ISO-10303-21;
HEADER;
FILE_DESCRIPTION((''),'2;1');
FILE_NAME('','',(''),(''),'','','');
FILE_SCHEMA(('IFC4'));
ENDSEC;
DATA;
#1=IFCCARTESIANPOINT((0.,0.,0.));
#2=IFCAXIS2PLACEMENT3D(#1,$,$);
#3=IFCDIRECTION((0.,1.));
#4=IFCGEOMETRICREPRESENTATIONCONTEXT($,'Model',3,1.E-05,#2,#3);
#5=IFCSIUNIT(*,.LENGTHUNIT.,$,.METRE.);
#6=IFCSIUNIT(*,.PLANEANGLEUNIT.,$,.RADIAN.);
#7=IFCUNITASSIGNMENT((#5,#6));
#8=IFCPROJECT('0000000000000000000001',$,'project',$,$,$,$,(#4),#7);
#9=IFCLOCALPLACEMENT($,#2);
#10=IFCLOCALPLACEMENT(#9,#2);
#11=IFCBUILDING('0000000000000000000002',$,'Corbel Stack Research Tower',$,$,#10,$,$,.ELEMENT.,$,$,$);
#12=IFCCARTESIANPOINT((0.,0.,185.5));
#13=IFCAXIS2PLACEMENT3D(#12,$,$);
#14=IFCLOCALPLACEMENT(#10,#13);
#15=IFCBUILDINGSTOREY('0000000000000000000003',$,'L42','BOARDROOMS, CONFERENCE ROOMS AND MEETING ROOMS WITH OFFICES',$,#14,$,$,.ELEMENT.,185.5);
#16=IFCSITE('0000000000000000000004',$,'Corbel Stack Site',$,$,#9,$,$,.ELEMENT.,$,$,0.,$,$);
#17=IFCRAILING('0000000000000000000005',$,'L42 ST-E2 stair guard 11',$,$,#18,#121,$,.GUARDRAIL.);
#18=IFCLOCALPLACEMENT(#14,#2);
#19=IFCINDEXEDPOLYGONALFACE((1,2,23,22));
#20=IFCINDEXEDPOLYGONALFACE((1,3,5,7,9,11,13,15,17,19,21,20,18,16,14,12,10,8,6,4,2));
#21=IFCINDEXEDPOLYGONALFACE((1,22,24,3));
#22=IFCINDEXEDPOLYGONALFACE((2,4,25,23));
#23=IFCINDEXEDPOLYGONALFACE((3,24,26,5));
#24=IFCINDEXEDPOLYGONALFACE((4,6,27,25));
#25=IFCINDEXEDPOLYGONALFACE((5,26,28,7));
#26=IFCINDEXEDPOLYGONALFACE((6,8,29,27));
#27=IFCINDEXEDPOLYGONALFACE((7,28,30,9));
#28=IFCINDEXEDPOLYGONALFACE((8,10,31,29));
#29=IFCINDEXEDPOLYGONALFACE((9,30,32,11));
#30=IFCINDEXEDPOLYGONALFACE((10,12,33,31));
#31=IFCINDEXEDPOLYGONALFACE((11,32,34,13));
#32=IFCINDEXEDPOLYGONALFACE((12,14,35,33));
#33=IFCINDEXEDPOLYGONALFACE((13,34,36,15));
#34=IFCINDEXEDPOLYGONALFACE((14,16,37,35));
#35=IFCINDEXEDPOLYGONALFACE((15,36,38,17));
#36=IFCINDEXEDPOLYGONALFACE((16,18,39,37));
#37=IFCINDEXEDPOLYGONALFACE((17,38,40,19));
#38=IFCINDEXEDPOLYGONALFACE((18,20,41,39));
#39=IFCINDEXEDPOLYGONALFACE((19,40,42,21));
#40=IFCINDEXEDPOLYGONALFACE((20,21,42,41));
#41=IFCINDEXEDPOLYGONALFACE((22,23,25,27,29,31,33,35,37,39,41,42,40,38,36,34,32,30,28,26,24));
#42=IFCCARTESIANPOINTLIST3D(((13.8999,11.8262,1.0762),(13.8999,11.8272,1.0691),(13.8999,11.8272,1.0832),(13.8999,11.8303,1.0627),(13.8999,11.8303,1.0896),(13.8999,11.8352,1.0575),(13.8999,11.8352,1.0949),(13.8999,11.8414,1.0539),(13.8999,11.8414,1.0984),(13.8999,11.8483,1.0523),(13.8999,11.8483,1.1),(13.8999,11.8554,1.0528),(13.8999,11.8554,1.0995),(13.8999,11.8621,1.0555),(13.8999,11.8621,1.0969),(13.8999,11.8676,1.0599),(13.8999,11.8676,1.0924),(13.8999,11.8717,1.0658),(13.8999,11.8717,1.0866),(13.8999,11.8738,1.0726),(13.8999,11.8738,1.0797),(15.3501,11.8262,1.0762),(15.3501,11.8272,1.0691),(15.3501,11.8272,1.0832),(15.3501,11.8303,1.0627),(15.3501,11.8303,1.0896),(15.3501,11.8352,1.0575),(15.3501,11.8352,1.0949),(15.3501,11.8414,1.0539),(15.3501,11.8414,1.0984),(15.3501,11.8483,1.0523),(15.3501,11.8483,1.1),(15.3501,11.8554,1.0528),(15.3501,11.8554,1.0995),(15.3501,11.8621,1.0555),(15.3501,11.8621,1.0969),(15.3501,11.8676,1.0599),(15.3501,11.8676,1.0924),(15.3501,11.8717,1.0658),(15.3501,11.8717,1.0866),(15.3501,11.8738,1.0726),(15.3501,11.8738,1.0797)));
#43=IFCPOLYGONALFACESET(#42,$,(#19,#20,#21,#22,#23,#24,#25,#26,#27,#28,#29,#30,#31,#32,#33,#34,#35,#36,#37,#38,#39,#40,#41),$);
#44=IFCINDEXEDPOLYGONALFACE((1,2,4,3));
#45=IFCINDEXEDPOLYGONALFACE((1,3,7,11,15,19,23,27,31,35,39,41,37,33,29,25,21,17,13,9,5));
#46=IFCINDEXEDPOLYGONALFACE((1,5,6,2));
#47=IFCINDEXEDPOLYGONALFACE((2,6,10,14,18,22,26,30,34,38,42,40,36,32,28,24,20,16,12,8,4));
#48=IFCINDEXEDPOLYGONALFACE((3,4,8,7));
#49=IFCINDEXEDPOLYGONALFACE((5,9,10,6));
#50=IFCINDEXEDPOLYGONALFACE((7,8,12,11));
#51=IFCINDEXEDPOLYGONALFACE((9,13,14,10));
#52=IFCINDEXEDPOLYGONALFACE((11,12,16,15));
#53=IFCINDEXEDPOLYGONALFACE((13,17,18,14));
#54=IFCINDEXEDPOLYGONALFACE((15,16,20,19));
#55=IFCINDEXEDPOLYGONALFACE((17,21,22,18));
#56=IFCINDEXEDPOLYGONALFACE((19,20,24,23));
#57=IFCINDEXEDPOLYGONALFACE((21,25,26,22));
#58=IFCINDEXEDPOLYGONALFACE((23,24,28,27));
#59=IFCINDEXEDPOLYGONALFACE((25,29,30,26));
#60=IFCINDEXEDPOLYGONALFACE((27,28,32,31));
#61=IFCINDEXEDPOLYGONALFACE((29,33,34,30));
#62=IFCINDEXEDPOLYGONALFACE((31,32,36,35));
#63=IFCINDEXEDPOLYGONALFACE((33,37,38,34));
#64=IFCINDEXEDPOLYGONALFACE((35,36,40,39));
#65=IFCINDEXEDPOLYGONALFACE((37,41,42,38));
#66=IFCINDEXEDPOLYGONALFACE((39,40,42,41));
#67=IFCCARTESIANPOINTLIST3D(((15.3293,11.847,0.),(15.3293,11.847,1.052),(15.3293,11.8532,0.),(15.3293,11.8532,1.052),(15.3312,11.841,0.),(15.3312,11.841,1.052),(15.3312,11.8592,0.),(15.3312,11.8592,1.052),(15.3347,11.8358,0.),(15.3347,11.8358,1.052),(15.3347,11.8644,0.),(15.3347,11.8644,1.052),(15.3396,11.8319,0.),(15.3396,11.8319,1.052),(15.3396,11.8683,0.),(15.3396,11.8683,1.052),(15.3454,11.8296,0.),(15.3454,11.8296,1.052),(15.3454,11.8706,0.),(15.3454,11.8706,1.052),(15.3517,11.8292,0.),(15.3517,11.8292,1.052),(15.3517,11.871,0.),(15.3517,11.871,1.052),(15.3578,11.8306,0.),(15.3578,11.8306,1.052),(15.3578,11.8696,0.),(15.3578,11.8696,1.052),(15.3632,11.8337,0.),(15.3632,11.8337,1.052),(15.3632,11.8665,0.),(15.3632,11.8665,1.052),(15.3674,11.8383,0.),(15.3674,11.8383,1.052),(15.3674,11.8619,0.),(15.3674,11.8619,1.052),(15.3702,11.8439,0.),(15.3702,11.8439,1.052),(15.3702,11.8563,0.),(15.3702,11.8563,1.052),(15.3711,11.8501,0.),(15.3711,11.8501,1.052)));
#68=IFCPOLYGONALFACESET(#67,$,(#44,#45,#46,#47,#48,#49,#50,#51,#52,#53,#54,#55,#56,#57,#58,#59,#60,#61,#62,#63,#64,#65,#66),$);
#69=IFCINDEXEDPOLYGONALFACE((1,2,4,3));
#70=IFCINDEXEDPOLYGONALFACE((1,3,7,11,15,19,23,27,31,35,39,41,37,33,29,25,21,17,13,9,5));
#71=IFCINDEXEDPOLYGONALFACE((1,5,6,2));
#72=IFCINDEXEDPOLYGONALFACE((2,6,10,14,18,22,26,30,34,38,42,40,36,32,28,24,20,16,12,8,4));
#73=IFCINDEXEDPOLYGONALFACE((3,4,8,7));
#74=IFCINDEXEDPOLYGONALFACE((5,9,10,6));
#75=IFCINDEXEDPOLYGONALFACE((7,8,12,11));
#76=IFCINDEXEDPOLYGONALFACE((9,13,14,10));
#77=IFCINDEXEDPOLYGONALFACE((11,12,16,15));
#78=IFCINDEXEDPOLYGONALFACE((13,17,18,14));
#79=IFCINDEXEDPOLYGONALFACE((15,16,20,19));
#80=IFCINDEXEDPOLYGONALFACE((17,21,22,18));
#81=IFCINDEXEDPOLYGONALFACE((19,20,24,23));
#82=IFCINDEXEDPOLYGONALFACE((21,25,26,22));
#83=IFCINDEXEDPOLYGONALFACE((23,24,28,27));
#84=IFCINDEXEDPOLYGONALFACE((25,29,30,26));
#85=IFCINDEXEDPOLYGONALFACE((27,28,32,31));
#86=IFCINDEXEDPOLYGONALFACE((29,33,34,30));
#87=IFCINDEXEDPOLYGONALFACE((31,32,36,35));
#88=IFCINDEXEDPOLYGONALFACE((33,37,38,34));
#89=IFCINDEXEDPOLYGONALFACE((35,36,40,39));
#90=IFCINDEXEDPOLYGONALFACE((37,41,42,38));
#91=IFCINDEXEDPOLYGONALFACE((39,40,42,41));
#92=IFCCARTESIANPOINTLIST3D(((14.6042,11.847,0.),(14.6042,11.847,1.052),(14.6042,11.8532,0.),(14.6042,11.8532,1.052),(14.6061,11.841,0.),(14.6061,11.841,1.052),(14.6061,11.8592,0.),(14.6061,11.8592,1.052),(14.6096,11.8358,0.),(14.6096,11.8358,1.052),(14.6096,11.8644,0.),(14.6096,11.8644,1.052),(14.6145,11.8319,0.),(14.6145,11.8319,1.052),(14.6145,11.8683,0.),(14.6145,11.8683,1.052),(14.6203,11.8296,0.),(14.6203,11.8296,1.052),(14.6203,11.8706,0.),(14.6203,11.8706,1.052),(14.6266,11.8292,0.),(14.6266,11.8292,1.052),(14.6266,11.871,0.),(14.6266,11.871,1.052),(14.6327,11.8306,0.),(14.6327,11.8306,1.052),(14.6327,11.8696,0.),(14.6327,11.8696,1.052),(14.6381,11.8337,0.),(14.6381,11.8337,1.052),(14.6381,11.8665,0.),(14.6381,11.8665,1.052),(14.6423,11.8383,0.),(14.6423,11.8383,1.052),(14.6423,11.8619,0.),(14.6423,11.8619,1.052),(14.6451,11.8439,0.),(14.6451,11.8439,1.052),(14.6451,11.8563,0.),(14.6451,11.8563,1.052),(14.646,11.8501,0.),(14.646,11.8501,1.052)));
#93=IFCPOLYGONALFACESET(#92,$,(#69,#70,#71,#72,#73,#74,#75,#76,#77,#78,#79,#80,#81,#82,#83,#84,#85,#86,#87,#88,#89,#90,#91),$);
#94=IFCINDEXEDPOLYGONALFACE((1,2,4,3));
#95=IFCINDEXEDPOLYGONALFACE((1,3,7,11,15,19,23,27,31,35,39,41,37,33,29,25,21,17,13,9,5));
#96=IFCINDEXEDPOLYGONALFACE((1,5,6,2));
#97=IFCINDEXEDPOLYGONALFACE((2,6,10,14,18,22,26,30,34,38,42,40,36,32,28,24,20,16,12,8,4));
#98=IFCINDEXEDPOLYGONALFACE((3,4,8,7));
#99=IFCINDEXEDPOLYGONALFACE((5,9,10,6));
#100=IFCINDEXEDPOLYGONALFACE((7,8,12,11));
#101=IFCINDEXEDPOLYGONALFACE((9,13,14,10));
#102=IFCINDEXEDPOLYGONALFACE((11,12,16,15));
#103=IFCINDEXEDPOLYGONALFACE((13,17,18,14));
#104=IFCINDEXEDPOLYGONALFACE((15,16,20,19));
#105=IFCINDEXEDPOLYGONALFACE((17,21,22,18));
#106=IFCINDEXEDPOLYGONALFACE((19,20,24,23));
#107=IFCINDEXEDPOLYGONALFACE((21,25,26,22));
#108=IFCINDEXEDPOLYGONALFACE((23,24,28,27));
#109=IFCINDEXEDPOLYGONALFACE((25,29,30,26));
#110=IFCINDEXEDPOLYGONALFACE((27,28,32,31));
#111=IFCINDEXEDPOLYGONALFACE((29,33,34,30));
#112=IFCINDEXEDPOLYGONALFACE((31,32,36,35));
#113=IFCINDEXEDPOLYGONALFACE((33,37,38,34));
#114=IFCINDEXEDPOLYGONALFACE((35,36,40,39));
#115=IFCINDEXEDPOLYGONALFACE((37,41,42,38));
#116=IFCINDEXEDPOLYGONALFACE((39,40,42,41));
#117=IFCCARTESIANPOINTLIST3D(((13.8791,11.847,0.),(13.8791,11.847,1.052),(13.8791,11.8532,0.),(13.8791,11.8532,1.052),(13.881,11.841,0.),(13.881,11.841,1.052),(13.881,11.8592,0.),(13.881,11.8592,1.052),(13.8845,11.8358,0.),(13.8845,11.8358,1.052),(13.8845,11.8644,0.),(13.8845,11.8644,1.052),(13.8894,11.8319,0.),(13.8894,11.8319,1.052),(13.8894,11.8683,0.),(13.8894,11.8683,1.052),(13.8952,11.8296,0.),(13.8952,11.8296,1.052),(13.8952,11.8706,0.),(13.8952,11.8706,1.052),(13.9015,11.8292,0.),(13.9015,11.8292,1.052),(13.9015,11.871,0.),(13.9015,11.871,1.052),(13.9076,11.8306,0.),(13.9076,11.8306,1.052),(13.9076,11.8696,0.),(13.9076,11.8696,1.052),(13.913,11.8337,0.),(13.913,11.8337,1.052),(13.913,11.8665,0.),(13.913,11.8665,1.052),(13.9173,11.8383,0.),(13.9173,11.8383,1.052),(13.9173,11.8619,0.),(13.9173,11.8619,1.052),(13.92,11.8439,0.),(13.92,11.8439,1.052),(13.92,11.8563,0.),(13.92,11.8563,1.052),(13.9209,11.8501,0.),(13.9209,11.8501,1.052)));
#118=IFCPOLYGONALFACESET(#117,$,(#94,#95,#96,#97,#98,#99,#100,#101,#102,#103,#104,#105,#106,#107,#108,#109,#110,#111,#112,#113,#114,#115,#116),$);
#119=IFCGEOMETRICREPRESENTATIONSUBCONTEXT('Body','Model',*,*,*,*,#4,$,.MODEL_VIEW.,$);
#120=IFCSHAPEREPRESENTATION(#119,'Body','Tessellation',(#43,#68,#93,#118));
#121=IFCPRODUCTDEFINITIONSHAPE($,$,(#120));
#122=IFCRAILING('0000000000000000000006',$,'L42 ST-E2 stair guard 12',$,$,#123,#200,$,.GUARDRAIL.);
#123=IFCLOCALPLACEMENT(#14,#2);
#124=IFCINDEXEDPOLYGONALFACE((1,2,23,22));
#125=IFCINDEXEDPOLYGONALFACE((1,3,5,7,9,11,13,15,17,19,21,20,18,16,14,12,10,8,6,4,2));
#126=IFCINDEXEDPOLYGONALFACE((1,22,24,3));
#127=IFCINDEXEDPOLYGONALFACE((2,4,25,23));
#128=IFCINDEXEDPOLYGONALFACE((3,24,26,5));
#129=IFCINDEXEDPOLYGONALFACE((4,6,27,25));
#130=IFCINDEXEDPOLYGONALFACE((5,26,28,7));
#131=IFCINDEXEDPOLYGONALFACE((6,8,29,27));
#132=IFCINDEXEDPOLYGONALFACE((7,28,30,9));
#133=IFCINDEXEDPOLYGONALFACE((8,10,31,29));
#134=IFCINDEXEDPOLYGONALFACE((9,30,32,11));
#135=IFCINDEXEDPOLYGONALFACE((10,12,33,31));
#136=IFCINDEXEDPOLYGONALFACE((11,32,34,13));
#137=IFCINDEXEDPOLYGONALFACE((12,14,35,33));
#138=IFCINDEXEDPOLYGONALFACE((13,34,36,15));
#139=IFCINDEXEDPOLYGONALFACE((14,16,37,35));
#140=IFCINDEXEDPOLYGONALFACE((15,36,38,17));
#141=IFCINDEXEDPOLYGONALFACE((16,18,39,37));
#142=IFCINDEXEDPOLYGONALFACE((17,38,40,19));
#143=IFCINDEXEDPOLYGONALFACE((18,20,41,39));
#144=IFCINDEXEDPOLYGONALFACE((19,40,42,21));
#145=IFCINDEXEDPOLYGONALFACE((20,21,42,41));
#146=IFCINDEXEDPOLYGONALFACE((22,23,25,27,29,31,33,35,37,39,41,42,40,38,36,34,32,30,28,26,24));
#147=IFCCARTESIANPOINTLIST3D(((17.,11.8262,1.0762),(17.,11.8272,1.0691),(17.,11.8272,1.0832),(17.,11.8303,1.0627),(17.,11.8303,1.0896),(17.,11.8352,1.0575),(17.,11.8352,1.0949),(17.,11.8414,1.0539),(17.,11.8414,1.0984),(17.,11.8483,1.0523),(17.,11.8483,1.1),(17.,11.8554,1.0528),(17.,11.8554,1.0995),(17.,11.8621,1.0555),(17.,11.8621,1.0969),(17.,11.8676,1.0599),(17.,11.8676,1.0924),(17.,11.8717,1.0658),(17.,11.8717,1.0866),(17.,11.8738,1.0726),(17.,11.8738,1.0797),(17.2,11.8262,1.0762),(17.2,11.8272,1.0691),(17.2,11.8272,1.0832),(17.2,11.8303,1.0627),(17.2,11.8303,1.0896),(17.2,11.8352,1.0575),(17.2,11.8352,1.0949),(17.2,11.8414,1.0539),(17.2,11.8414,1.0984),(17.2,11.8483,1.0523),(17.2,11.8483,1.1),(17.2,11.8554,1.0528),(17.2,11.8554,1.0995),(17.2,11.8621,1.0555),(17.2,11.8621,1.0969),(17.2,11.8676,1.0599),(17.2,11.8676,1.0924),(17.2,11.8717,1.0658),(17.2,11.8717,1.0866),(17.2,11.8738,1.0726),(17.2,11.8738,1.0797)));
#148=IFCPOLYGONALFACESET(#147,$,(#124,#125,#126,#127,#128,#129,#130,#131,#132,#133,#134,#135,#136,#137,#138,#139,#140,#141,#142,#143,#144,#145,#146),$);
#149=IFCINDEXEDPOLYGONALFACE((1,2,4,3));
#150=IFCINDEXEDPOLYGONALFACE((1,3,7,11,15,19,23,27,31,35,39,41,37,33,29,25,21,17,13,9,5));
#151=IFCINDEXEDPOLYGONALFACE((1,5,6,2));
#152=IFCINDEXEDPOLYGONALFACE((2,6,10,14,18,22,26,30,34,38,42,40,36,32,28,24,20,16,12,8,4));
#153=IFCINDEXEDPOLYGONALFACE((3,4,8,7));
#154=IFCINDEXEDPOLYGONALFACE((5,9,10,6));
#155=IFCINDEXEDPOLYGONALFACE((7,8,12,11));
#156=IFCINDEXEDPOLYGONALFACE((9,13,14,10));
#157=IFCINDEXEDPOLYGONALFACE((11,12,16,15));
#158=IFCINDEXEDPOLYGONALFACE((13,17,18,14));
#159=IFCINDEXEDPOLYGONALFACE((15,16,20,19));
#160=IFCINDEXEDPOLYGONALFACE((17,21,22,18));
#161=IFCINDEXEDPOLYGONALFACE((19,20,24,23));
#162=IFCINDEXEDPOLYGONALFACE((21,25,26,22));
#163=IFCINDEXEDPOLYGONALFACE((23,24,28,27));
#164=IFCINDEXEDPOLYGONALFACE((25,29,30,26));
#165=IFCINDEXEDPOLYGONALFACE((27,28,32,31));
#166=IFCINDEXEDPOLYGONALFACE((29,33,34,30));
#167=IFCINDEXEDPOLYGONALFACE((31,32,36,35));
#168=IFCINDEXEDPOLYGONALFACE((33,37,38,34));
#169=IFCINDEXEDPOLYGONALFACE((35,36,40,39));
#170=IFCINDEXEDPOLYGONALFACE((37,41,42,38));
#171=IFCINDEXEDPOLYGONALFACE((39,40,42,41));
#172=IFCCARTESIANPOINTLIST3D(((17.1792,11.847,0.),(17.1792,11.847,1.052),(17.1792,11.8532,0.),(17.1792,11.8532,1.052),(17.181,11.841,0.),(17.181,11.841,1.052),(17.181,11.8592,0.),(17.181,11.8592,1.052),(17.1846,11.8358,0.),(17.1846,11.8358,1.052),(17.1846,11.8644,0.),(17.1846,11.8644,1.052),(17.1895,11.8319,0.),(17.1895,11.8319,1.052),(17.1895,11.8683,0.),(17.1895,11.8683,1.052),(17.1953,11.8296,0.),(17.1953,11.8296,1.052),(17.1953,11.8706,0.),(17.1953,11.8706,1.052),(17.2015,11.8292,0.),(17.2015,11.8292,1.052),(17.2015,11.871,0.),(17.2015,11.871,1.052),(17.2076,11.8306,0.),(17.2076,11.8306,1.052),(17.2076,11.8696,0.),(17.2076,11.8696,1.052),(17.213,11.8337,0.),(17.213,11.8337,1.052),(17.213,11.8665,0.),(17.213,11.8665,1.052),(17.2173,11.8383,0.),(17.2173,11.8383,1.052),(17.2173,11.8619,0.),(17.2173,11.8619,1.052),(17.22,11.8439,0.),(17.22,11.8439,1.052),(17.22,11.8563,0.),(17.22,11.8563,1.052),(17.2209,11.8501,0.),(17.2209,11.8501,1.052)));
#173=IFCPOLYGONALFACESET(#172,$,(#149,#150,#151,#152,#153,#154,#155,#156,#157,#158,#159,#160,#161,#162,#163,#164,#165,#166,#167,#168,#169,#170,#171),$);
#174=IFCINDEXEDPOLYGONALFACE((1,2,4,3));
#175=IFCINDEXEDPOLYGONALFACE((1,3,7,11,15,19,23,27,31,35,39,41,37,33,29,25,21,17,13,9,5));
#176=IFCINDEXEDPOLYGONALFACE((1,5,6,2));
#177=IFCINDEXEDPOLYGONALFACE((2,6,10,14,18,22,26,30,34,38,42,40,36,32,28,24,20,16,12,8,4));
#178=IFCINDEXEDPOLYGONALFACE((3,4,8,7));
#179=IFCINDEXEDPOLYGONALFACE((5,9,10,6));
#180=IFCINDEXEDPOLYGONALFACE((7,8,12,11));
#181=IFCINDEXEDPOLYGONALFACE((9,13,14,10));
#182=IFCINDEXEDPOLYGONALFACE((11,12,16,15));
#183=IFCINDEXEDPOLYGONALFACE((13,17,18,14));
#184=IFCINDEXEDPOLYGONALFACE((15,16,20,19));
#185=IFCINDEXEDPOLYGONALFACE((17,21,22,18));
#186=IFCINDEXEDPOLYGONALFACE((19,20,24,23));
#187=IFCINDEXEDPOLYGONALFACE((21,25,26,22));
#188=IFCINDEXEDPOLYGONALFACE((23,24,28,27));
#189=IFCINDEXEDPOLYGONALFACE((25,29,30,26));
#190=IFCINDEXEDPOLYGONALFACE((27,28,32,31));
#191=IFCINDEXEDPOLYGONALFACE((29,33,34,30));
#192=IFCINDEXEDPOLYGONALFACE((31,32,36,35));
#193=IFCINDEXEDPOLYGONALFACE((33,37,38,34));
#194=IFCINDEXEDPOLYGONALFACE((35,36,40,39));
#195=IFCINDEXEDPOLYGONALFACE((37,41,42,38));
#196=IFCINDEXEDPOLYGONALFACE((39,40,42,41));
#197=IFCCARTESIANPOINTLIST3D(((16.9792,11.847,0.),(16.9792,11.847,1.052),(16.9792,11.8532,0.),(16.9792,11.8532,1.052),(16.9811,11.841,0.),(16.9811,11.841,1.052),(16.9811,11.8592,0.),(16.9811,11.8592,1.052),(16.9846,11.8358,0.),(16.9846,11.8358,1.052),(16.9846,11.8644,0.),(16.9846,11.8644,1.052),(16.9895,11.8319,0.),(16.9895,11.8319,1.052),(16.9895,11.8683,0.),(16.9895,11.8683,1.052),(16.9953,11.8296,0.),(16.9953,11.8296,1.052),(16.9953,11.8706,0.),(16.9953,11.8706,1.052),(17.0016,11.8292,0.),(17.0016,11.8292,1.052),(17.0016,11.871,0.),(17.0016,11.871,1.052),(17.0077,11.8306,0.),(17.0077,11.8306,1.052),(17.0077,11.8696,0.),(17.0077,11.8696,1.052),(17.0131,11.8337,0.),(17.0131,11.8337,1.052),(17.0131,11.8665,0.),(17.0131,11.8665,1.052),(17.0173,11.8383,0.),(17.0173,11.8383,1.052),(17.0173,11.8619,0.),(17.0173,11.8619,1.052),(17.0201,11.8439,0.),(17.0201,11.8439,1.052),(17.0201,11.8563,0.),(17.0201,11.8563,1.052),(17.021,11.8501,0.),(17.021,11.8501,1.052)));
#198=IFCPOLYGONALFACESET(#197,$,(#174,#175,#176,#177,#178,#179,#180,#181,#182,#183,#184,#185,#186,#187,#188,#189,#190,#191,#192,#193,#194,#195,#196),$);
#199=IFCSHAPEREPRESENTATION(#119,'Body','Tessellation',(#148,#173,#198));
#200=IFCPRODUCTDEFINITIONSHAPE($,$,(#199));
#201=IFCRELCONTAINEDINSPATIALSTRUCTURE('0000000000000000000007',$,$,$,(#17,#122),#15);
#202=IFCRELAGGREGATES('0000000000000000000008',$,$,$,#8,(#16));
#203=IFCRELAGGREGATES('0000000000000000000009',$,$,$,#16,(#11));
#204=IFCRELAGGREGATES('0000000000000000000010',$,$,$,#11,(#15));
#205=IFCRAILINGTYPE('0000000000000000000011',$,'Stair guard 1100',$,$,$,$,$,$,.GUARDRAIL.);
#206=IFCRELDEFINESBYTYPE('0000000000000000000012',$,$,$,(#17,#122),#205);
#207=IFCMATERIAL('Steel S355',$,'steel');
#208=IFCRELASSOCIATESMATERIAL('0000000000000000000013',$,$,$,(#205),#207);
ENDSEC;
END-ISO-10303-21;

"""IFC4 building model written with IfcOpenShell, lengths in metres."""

from ifc_helpers import new_model, si_unit, direction, frame, origin, origin_2d, place, context, subcontext, project, spatial, circle, extrude, material, type_object, element, save


model = new_model("IFC4")

# Units and contexts
model_context = context("Model", 3, precision=1e-05, world=origin(), true_north=direction((0.0, 1.0)))
body_context = subcontext(model_context, "Body", "Model", "MODEL_VIEW")
ifc_project = project(units=[si_unit("LENGTHUNIT", "METRE"), si_unit("PLANEANGLEUNIT", "RADIAN")], contexts=[model_context])

# Site, building, storey
site_placement = place(None, origin())
site = spatial("IfcSite", under=ifc_project, at=site_placement, Name="Corbel Stack Site", CompositionType="ELEMENT", RefElevation=0.0)
building_placement = place(site_placement, origin())
building = spatial("IfcBuilding", under=site, at=building_placement, Name="Corbel Stack Research Tower", CompositionType="ELEMENT")
storey_placement = place(building_placement, frame((0.0, 0.0, 185.5)))
storey = spatial("IfcBuildingStorey", under=building, at=storey_placement, Name="L42", Description="BOARDROOMS, CONFERENCE ROOMS AND MEETING ROOMS WITH OFFICES", CompositionType="ELEMENT", Elevation=185.5)

# Railings
ifc_material_1 = material(Name="Steel S355", Category="steel")
railing_type_1 = type_object("IfcRailingType", Name="Stair guard 1100", PredefinedType="GUARDRAIL", material=ifc_material_1)
railing_1_placement = place(storey_placement, frame((15.3501, 11.8501, 0.0)))
element("IfcRailing", 1, at=railing_1_placement, inside=storey, type_object=railing_type_1, Name="L42 ST-E2 stair guard 11", PredefinedType="GUARDRAIL", context=body_context, shape_type="SweptSolid", body=[
    extrude(circle(Radius=0.0239, at=origin_2d()), frame((0.0, 0.0, 1.0762), z_axis=(-1.0, 0.0, 0.0), x_axis=(0.0, -1.0, 0.0)), (0.0, 0.0, 1.0), 1.4502),
    extrude(circle(Radius=0.021, at=origin_2d()), origin(), (0.0, 0.0, 1.0), 1.052),
    extrude(circle(Radius=0.021, at=origin_2d()), frame((-0.7251, 0.0, 0.0)), (0.0, 0.0, 1.0), 1.052),
    extrude(circle(Radius=0.021, at=origin_2d()), frame((-1.4502, 0.0, 0.0)), (0.0, 0.0, 1.0), 1.052),
])
railing_2_placement = place(storey_placement, frame((17.2, 11.8501, 0.0)))
element("IfcRailing", 2, at=railing_2_placement, inside=storey, type_object=railing_type_1, Name="L42 ST-E2 stair guard 12", PredefinedType="GUARDRAIL", context=body_context, shape_type="SweptSolid", body=[
    extrude(circle(Radius=0.0239, at=origin_2d()), frame((0.0, 0.0, 1.0762), z_axis=(-1.0, 0.0, 0.0), x_axis=(0.0, -1.0, 0.0)), (0.0, 0.0, 1.0), 0.2),
    extrude(circle(Radius=0.021, at=origin_2d()), origin(), (0.0, 0.0, 1.0), 1.052),
    extrude(circle(Radius=0.021, at=origin_2d()), frame((-0.2, 0.0, 0.0)), (0.0, 0.0, 1.0), 1.052),
])

save(model, "model.ifc")
